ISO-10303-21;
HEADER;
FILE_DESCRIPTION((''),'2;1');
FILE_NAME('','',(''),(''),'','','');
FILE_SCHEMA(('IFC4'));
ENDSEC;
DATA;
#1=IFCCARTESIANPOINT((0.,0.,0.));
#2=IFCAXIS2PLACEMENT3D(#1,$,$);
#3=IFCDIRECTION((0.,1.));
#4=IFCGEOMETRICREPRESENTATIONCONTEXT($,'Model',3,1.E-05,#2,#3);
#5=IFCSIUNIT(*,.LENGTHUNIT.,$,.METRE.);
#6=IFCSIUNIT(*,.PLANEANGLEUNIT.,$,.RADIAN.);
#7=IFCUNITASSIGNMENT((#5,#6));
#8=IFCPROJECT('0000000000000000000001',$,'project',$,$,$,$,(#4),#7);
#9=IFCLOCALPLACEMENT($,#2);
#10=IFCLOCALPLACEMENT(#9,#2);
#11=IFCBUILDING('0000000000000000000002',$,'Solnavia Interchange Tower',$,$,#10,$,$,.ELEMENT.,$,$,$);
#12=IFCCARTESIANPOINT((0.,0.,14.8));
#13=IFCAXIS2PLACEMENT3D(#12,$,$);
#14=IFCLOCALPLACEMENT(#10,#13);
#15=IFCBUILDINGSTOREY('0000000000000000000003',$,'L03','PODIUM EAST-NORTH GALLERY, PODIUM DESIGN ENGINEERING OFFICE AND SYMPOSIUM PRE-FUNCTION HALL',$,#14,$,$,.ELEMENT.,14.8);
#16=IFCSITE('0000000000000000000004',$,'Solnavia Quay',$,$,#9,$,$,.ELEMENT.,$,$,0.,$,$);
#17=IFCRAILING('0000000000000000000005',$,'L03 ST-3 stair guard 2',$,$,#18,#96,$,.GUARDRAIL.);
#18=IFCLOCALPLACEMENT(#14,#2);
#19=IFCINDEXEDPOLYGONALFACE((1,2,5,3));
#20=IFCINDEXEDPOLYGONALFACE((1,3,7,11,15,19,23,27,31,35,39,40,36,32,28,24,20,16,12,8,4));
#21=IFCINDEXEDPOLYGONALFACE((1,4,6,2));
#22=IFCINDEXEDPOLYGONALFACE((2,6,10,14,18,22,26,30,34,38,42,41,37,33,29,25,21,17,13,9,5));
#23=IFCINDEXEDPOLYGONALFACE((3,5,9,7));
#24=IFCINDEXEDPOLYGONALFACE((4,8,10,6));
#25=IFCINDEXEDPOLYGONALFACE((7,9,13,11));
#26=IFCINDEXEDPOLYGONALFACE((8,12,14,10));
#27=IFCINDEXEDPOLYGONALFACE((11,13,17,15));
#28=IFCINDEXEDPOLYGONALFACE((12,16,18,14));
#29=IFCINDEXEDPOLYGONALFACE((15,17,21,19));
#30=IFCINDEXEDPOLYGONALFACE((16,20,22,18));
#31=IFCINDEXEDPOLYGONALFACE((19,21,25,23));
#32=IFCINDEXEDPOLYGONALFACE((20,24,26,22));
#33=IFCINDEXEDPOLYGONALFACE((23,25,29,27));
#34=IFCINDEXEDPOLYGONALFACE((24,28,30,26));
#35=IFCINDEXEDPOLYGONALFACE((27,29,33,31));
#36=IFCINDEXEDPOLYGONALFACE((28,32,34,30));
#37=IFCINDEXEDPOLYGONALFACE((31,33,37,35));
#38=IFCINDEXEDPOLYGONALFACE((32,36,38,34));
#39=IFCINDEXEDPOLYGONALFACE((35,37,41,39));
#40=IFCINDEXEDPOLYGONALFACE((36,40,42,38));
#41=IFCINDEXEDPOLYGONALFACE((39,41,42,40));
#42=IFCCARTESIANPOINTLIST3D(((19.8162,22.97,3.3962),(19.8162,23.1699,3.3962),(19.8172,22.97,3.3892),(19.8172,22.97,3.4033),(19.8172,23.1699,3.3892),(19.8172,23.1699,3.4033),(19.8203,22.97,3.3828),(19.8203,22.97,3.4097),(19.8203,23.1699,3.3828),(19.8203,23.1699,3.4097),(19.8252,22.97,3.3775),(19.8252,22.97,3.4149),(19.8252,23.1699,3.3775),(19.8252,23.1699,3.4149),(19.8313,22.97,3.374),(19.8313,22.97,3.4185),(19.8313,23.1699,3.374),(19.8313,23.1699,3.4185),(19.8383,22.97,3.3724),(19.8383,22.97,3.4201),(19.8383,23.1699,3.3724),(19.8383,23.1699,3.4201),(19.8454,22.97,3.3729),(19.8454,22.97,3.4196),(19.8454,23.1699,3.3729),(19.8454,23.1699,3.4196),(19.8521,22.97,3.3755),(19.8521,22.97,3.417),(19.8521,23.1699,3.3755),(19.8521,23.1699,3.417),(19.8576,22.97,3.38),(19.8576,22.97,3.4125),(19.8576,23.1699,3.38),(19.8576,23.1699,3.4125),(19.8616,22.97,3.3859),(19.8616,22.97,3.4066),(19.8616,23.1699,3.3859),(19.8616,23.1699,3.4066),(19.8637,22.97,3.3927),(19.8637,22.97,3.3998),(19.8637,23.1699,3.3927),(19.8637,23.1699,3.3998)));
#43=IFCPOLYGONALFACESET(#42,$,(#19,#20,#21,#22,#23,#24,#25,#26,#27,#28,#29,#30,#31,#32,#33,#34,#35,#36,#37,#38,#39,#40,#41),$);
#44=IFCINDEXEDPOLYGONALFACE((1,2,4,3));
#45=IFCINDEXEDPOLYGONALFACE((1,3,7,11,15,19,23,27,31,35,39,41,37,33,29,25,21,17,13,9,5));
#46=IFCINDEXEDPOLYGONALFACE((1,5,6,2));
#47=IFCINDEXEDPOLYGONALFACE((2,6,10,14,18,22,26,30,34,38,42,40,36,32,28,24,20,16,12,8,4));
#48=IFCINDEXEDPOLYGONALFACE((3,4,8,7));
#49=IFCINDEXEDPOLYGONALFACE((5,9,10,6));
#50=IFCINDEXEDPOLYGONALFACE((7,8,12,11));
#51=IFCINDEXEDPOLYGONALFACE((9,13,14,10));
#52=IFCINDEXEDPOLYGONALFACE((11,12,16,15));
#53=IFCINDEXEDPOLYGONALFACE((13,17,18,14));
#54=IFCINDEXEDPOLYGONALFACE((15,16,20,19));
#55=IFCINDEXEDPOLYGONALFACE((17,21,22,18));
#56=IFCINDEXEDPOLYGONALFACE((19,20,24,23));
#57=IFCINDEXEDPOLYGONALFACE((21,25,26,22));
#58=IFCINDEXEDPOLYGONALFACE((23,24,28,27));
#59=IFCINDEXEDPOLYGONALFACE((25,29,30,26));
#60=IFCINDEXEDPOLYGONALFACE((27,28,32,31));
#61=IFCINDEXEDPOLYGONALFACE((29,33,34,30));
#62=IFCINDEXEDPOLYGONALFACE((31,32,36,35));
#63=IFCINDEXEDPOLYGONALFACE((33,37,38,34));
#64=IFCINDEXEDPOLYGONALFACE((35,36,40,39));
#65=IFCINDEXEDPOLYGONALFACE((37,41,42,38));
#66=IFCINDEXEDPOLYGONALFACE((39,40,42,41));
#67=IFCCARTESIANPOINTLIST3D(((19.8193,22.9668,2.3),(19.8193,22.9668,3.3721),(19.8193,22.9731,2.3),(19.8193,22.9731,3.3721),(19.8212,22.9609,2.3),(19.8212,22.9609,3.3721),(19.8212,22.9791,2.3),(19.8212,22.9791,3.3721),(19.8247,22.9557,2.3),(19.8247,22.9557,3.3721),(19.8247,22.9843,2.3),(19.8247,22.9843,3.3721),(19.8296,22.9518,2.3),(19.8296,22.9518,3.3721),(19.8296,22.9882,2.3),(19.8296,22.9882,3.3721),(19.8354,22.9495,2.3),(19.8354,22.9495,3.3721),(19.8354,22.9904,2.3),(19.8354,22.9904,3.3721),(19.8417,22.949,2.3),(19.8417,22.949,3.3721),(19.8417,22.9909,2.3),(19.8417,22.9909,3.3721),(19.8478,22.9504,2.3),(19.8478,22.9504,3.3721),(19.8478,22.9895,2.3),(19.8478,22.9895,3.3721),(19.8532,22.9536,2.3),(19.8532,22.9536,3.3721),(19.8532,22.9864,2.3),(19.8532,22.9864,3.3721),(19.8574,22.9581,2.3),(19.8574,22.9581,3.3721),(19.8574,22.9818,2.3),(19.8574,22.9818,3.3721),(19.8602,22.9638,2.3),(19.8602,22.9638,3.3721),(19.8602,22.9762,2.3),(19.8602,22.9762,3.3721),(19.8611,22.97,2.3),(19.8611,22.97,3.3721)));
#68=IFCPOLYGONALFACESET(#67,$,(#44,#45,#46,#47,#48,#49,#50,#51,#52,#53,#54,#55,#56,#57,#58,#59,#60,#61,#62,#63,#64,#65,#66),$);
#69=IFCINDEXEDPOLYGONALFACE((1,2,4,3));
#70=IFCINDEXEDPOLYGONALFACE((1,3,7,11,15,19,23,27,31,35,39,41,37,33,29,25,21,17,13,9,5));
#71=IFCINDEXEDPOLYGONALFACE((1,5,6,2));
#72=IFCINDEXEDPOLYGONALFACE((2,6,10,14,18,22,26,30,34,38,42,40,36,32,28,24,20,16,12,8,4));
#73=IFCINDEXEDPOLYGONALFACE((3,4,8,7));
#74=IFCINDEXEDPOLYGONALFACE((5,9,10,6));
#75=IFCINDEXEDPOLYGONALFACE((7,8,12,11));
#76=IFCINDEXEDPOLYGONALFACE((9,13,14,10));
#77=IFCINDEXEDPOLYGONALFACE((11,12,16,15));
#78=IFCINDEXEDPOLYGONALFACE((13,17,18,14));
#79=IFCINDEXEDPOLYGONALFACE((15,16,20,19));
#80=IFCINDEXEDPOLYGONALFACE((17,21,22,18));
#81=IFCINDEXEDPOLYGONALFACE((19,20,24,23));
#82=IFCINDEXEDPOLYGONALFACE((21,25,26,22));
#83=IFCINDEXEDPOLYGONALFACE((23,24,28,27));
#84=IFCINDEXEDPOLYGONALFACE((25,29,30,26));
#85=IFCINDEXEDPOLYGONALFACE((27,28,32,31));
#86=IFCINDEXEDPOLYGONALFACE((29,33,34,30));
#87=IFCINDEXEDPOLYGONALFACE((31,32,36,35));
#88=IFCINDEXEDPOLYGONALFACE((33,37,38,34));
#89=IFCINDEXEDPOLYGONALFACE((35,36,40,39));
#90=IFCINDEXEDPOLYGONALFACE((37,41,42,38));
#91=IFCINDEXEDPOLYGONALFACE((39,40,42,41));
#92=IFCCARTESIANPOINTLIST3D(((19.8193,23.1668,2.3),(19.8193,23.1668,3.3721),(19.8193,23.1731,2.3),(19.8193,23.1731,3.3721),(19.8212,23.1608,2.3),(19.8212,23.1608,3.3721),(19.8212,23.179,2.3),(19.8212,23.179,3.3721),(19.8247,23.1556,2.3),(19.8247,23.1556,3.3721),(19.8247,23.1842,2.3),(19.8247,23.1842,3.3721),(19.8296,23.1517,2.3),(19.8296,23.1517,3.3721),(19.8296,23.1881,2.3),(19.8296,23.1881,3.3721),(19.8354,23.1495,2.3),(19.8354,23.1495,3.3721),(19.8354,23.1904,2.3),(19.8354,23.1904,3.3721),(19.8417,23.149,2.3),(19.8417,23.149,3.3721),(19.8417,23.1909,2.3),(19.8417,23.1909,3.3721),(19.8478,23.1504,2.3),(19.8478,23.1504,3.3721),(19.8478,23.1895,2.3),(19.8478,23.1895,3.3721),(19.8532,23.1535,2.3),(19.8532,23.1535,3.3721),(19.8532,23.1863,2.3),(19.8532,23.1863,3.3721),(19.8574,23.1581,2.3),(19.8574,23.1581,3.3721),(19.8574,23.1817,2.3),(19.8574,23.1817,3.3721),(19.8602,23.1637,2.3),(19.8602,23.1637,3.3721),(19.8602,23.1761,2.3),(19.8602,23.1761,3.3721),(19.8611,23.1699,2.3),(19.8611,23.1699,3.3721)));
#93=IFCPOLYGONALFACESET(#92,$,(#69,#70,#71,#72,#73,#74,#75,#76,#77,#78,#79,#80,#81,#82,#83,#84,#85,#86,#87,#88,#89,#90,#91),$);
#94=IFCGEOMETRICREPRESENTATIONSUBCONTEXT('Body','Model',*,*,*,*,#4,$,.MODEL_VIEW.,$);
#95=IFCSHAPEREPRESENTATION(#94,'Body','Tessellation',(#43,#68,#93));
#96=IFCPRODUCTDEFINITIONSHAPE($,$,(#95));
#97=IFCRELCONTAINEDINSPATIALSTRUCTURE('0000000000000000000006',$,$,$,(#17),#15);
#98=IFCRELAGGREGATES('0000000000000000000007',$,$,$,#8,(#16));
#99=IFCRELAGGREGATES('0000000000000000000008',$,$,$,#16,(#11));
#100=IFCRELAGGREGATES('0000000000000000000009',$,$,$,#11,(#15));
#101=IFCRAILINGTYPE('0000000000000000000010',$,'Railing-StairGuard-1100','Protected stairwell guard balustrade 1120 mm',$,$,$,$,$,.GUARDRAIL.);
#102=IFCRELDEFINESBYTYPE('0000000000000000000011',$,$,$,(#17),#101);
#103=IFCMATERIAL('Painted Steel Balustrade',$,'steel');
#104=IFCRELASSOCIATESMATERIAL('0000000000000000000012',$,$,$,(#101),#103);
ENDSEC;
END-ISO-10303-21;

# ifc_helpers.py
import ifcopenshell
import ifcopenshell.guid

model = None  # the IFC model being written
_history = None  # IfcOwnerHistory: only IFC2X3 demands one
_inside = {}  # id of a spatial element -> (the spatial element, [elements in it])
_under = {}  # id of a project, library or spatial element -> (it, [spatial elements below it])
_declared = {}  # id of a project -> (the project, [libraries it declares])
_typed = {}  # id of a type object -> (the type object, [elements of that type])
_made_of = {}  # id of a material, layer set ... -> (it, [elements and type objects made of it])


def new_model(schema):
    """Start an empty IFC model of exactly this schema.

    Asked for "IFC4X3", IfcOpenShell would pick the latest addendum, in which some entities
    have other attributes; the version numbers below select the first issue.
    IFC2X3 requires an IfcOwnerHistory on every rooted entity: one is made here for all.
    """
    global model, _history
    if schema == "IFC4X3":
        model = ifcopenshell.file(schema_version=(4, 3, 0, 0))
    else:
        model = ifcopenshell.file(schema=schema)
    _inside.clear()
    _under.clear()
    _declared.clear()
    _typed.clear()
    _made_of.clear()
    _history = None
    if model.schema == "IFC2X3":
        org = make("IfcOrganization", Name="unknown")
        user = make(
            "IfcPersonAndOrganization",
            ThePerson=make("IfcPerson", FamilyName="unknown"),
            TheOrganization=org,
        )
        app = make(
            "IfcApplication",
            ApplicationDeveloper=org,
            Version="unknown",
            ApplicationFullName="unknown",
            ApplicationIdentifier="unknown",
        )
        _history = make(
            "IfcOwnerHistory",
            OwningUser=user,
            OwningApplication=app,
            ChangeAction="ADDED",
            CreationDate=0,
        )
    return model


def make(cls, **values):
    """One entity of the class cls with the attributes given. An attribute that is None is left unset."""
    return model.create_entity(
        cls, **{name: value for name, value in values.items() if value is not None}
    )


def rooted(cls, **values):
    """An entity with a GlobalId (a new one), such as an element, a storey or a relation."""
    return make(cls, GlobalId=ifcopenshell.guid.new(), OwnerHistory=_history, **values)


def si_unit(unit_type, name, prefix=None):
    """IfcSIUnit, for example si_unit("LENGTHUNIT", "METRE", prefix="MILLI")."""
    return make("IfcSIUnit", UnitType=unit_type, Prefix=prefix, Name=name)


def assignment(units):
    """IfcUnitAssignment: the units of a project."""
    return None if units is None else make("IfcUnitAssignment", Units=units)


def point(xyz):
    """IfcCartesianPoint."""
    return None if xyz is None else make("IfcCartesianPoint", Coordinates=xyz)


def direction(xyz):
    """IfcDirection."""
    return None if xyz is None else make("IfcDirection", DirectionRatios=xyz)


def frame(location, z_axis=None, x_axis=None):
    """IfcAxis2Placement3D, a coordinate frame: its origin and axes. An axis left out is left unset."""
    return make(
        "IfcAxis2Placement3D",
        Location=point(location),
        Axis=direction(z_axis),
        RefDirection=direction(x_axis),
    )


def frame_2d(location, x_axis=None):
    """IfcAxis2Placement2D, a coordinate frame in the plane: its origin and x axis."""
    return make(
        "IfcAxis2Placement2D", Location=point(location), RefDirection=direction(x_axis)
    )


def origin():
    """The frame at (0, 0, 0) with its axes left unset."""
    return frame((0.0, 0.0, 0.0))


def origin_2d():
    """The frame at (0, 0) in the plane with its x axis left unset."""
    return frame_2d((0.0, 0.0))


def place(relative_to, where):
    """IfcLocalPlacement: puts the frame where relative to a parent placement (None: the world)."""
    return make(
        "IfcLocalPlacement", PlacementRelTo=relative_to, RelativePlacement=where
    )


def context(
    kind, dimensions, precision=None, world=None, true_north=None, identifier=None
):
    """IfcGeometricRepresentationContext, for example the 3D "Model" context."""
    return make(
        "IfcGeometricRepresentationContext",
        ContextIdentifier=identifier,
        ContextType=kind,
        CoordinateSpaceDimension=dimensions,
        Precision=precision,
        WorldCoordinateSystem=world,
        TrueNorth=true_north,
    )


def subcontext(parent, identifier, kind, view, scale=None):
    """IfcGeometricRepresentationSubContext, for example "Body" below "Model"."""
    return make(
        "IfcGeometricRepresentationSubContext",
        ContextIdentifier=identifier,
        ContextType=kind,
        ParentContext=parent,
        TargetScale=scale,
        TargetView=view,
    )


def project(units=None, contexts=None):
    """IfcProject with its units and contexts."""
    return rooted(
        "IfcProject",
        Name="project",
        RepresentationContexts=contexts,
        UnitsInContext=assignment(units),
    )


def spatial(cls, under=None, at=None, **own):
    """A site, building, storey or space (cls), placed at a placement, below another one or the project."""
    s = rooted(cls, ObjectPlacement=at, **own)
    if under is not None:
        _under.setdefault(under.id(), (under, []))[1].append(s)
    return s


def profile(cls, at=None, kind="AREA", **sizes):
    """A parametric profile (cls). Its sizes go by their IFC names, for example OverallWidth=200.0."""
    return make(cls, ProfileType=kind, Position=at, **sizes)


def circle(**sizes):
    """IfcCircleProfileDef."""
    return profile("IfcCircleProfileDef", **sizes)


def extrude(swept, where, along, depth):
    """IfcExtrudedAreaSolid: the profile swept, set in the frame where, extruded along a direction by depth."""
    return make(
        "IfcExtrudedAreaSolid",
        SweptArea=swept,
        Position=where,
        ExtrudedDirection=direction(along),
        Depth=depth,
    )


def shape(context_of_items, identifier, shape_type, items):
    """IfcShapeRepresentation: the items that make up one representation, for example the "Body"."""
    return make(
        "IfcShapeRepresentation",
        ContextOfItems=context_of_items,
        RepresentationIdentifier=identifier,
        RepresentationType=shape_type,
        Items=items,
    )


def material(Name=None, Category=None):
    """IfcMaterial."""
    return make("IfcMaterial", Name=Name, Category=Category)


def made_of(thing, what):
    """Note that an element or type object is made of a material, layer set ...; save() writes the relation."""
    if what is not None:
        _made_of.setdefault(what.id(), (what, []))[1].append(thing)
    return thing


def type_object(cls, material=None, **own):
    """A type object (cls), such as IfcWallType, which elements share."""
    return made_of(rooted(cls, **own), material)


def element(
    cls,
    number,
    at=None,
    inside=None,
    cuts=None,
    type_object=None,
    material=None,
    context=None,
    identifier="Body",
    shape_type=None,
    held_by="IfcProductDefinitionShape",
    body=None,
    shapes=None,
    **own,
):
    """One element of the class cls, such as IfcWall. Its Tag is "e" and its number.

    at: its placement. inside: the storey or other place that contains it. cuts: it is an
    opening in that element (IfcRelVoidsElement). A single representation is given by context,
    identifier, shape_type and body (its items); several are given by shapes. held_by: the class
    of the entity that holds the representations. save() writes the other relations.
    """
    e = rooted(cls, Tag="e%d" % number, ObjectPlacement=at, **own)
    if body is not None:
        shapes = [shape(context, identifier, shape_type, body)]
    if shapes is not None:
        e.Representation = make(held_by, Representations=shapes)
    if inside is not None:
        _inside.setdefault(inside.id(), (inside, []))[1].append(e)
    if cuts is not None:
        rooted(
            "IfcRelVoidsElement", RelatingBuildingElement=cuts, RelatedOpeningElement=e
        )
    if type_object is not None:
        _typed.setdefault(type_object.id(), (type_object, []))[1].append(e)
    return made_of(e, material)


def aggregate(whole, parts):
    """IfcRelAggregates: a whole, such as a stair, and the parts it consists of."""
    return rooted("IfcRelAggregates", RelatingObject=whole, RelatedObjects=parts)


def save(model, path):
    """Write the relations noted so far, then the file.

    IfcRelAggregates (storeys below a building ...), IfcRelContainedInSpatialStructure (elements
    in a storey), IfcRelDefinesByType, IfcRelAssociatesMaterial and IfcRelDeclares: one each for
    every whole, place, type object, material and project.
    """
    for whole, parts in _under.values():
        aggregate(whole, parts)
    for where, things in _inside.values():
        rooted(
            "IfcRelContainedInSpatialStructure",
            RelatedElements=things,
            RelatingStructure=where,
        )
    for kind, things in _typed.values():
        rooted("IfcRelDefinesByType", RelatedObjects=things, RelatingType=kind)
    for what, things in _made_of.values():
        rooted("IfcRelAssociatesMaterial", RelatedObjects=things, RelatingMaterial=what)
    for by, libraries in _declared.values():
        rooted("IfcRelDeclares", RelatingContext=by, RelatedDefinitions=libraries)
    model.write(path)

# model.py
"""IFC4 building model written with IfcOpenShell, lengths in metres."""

from ifc_helpers import new_model, si_unit, direction, frame, origin, origin_2d, place, context, subcontext, project, spatial, circle, extrude, material, type_object, element, save


model = new_model("IFC4")

# Units and contexts
model_context = context("Model", 3, precision=1e-05, world=origin(), true_north=direction((0.0, 1.0)))
body_context = subcontext(model_context, "Body", "Model", "MODEL_VIEW")
ifc_project = project(units=[si_unit("LENGTHUNIT", "METRE"), si_unit("PLANEANGLEUNIT", "RADIAN")], contexts=[model_context])

# Site, building, storey
site_placement = place(None, origin())
site = spatial("IfcSite", under=ifc_project, at=site_placement, Name="Solnavia Quay", CompositionType="ELEMENT", RefElevation=0.0)
building_placement = place(site_placement, origin())
building = spatial("IfcBuilding", under=site, at=building_placement, Name="Solnavia Interchange Tower", CompositionType="ELEMENT")
storey_placement = place(building_placement, frame((0.0, 0.0, 14.8)))
storey = spatial("IfcBuildingStorey", under=building, at=storey_placement, Name="L03", Description="PODIUM EAST-NORTH GALLERY, PODIUM DESIGN ENGINEERING OFFICE AND SYMPOSIUM PRE-FUNCTION HALL", CompositionType="ELEMENT", Elevation=14.8)

# Railing
ifc_material_1 = material(Name="Painted Steel Balustrade", Category="steel")
railing_type_1 = type_object("IfcRailingType", Name="Railing-StairGuard-1100", Description="Protected stairwell guard balustrade 1120 mm", PredefinedType="GUARDRAIL", material=ifc_material_1)
railing_1_placement = place(storey_placement, frame((19.8401, 22.97, 2.3)))
element("IfcRailing", 1, at=railing_1_placement, inside=storey, type_object=railing_type_1, Name="L03 ST-3 stair guard 2", PredefinedType="GUARDRAIL", context=body_context, shape_type="SweptSolid", body=[
    extrude(circle(Radius=0.0239, at=origin_2d()), frame((0.0, 0.0, 1.0962), z_axis=(0.0, 1.0, 0.0), x_axis=(-1.0, 0.0, 0.0)), (0.0, 0.0, 1.0), 0.2),
    extrude(circle(Radius=0.021, at=origin_2d()), origin(), (0.0, 0.0, 1.0), 1.072),
    extrude(circle(Radius=0.021, at=origin_2d()), frame((0.0, 0.2, 0.0)), (0.0, 0.0, 1.0), 1.072),
])

save(model, "model.ifc")
